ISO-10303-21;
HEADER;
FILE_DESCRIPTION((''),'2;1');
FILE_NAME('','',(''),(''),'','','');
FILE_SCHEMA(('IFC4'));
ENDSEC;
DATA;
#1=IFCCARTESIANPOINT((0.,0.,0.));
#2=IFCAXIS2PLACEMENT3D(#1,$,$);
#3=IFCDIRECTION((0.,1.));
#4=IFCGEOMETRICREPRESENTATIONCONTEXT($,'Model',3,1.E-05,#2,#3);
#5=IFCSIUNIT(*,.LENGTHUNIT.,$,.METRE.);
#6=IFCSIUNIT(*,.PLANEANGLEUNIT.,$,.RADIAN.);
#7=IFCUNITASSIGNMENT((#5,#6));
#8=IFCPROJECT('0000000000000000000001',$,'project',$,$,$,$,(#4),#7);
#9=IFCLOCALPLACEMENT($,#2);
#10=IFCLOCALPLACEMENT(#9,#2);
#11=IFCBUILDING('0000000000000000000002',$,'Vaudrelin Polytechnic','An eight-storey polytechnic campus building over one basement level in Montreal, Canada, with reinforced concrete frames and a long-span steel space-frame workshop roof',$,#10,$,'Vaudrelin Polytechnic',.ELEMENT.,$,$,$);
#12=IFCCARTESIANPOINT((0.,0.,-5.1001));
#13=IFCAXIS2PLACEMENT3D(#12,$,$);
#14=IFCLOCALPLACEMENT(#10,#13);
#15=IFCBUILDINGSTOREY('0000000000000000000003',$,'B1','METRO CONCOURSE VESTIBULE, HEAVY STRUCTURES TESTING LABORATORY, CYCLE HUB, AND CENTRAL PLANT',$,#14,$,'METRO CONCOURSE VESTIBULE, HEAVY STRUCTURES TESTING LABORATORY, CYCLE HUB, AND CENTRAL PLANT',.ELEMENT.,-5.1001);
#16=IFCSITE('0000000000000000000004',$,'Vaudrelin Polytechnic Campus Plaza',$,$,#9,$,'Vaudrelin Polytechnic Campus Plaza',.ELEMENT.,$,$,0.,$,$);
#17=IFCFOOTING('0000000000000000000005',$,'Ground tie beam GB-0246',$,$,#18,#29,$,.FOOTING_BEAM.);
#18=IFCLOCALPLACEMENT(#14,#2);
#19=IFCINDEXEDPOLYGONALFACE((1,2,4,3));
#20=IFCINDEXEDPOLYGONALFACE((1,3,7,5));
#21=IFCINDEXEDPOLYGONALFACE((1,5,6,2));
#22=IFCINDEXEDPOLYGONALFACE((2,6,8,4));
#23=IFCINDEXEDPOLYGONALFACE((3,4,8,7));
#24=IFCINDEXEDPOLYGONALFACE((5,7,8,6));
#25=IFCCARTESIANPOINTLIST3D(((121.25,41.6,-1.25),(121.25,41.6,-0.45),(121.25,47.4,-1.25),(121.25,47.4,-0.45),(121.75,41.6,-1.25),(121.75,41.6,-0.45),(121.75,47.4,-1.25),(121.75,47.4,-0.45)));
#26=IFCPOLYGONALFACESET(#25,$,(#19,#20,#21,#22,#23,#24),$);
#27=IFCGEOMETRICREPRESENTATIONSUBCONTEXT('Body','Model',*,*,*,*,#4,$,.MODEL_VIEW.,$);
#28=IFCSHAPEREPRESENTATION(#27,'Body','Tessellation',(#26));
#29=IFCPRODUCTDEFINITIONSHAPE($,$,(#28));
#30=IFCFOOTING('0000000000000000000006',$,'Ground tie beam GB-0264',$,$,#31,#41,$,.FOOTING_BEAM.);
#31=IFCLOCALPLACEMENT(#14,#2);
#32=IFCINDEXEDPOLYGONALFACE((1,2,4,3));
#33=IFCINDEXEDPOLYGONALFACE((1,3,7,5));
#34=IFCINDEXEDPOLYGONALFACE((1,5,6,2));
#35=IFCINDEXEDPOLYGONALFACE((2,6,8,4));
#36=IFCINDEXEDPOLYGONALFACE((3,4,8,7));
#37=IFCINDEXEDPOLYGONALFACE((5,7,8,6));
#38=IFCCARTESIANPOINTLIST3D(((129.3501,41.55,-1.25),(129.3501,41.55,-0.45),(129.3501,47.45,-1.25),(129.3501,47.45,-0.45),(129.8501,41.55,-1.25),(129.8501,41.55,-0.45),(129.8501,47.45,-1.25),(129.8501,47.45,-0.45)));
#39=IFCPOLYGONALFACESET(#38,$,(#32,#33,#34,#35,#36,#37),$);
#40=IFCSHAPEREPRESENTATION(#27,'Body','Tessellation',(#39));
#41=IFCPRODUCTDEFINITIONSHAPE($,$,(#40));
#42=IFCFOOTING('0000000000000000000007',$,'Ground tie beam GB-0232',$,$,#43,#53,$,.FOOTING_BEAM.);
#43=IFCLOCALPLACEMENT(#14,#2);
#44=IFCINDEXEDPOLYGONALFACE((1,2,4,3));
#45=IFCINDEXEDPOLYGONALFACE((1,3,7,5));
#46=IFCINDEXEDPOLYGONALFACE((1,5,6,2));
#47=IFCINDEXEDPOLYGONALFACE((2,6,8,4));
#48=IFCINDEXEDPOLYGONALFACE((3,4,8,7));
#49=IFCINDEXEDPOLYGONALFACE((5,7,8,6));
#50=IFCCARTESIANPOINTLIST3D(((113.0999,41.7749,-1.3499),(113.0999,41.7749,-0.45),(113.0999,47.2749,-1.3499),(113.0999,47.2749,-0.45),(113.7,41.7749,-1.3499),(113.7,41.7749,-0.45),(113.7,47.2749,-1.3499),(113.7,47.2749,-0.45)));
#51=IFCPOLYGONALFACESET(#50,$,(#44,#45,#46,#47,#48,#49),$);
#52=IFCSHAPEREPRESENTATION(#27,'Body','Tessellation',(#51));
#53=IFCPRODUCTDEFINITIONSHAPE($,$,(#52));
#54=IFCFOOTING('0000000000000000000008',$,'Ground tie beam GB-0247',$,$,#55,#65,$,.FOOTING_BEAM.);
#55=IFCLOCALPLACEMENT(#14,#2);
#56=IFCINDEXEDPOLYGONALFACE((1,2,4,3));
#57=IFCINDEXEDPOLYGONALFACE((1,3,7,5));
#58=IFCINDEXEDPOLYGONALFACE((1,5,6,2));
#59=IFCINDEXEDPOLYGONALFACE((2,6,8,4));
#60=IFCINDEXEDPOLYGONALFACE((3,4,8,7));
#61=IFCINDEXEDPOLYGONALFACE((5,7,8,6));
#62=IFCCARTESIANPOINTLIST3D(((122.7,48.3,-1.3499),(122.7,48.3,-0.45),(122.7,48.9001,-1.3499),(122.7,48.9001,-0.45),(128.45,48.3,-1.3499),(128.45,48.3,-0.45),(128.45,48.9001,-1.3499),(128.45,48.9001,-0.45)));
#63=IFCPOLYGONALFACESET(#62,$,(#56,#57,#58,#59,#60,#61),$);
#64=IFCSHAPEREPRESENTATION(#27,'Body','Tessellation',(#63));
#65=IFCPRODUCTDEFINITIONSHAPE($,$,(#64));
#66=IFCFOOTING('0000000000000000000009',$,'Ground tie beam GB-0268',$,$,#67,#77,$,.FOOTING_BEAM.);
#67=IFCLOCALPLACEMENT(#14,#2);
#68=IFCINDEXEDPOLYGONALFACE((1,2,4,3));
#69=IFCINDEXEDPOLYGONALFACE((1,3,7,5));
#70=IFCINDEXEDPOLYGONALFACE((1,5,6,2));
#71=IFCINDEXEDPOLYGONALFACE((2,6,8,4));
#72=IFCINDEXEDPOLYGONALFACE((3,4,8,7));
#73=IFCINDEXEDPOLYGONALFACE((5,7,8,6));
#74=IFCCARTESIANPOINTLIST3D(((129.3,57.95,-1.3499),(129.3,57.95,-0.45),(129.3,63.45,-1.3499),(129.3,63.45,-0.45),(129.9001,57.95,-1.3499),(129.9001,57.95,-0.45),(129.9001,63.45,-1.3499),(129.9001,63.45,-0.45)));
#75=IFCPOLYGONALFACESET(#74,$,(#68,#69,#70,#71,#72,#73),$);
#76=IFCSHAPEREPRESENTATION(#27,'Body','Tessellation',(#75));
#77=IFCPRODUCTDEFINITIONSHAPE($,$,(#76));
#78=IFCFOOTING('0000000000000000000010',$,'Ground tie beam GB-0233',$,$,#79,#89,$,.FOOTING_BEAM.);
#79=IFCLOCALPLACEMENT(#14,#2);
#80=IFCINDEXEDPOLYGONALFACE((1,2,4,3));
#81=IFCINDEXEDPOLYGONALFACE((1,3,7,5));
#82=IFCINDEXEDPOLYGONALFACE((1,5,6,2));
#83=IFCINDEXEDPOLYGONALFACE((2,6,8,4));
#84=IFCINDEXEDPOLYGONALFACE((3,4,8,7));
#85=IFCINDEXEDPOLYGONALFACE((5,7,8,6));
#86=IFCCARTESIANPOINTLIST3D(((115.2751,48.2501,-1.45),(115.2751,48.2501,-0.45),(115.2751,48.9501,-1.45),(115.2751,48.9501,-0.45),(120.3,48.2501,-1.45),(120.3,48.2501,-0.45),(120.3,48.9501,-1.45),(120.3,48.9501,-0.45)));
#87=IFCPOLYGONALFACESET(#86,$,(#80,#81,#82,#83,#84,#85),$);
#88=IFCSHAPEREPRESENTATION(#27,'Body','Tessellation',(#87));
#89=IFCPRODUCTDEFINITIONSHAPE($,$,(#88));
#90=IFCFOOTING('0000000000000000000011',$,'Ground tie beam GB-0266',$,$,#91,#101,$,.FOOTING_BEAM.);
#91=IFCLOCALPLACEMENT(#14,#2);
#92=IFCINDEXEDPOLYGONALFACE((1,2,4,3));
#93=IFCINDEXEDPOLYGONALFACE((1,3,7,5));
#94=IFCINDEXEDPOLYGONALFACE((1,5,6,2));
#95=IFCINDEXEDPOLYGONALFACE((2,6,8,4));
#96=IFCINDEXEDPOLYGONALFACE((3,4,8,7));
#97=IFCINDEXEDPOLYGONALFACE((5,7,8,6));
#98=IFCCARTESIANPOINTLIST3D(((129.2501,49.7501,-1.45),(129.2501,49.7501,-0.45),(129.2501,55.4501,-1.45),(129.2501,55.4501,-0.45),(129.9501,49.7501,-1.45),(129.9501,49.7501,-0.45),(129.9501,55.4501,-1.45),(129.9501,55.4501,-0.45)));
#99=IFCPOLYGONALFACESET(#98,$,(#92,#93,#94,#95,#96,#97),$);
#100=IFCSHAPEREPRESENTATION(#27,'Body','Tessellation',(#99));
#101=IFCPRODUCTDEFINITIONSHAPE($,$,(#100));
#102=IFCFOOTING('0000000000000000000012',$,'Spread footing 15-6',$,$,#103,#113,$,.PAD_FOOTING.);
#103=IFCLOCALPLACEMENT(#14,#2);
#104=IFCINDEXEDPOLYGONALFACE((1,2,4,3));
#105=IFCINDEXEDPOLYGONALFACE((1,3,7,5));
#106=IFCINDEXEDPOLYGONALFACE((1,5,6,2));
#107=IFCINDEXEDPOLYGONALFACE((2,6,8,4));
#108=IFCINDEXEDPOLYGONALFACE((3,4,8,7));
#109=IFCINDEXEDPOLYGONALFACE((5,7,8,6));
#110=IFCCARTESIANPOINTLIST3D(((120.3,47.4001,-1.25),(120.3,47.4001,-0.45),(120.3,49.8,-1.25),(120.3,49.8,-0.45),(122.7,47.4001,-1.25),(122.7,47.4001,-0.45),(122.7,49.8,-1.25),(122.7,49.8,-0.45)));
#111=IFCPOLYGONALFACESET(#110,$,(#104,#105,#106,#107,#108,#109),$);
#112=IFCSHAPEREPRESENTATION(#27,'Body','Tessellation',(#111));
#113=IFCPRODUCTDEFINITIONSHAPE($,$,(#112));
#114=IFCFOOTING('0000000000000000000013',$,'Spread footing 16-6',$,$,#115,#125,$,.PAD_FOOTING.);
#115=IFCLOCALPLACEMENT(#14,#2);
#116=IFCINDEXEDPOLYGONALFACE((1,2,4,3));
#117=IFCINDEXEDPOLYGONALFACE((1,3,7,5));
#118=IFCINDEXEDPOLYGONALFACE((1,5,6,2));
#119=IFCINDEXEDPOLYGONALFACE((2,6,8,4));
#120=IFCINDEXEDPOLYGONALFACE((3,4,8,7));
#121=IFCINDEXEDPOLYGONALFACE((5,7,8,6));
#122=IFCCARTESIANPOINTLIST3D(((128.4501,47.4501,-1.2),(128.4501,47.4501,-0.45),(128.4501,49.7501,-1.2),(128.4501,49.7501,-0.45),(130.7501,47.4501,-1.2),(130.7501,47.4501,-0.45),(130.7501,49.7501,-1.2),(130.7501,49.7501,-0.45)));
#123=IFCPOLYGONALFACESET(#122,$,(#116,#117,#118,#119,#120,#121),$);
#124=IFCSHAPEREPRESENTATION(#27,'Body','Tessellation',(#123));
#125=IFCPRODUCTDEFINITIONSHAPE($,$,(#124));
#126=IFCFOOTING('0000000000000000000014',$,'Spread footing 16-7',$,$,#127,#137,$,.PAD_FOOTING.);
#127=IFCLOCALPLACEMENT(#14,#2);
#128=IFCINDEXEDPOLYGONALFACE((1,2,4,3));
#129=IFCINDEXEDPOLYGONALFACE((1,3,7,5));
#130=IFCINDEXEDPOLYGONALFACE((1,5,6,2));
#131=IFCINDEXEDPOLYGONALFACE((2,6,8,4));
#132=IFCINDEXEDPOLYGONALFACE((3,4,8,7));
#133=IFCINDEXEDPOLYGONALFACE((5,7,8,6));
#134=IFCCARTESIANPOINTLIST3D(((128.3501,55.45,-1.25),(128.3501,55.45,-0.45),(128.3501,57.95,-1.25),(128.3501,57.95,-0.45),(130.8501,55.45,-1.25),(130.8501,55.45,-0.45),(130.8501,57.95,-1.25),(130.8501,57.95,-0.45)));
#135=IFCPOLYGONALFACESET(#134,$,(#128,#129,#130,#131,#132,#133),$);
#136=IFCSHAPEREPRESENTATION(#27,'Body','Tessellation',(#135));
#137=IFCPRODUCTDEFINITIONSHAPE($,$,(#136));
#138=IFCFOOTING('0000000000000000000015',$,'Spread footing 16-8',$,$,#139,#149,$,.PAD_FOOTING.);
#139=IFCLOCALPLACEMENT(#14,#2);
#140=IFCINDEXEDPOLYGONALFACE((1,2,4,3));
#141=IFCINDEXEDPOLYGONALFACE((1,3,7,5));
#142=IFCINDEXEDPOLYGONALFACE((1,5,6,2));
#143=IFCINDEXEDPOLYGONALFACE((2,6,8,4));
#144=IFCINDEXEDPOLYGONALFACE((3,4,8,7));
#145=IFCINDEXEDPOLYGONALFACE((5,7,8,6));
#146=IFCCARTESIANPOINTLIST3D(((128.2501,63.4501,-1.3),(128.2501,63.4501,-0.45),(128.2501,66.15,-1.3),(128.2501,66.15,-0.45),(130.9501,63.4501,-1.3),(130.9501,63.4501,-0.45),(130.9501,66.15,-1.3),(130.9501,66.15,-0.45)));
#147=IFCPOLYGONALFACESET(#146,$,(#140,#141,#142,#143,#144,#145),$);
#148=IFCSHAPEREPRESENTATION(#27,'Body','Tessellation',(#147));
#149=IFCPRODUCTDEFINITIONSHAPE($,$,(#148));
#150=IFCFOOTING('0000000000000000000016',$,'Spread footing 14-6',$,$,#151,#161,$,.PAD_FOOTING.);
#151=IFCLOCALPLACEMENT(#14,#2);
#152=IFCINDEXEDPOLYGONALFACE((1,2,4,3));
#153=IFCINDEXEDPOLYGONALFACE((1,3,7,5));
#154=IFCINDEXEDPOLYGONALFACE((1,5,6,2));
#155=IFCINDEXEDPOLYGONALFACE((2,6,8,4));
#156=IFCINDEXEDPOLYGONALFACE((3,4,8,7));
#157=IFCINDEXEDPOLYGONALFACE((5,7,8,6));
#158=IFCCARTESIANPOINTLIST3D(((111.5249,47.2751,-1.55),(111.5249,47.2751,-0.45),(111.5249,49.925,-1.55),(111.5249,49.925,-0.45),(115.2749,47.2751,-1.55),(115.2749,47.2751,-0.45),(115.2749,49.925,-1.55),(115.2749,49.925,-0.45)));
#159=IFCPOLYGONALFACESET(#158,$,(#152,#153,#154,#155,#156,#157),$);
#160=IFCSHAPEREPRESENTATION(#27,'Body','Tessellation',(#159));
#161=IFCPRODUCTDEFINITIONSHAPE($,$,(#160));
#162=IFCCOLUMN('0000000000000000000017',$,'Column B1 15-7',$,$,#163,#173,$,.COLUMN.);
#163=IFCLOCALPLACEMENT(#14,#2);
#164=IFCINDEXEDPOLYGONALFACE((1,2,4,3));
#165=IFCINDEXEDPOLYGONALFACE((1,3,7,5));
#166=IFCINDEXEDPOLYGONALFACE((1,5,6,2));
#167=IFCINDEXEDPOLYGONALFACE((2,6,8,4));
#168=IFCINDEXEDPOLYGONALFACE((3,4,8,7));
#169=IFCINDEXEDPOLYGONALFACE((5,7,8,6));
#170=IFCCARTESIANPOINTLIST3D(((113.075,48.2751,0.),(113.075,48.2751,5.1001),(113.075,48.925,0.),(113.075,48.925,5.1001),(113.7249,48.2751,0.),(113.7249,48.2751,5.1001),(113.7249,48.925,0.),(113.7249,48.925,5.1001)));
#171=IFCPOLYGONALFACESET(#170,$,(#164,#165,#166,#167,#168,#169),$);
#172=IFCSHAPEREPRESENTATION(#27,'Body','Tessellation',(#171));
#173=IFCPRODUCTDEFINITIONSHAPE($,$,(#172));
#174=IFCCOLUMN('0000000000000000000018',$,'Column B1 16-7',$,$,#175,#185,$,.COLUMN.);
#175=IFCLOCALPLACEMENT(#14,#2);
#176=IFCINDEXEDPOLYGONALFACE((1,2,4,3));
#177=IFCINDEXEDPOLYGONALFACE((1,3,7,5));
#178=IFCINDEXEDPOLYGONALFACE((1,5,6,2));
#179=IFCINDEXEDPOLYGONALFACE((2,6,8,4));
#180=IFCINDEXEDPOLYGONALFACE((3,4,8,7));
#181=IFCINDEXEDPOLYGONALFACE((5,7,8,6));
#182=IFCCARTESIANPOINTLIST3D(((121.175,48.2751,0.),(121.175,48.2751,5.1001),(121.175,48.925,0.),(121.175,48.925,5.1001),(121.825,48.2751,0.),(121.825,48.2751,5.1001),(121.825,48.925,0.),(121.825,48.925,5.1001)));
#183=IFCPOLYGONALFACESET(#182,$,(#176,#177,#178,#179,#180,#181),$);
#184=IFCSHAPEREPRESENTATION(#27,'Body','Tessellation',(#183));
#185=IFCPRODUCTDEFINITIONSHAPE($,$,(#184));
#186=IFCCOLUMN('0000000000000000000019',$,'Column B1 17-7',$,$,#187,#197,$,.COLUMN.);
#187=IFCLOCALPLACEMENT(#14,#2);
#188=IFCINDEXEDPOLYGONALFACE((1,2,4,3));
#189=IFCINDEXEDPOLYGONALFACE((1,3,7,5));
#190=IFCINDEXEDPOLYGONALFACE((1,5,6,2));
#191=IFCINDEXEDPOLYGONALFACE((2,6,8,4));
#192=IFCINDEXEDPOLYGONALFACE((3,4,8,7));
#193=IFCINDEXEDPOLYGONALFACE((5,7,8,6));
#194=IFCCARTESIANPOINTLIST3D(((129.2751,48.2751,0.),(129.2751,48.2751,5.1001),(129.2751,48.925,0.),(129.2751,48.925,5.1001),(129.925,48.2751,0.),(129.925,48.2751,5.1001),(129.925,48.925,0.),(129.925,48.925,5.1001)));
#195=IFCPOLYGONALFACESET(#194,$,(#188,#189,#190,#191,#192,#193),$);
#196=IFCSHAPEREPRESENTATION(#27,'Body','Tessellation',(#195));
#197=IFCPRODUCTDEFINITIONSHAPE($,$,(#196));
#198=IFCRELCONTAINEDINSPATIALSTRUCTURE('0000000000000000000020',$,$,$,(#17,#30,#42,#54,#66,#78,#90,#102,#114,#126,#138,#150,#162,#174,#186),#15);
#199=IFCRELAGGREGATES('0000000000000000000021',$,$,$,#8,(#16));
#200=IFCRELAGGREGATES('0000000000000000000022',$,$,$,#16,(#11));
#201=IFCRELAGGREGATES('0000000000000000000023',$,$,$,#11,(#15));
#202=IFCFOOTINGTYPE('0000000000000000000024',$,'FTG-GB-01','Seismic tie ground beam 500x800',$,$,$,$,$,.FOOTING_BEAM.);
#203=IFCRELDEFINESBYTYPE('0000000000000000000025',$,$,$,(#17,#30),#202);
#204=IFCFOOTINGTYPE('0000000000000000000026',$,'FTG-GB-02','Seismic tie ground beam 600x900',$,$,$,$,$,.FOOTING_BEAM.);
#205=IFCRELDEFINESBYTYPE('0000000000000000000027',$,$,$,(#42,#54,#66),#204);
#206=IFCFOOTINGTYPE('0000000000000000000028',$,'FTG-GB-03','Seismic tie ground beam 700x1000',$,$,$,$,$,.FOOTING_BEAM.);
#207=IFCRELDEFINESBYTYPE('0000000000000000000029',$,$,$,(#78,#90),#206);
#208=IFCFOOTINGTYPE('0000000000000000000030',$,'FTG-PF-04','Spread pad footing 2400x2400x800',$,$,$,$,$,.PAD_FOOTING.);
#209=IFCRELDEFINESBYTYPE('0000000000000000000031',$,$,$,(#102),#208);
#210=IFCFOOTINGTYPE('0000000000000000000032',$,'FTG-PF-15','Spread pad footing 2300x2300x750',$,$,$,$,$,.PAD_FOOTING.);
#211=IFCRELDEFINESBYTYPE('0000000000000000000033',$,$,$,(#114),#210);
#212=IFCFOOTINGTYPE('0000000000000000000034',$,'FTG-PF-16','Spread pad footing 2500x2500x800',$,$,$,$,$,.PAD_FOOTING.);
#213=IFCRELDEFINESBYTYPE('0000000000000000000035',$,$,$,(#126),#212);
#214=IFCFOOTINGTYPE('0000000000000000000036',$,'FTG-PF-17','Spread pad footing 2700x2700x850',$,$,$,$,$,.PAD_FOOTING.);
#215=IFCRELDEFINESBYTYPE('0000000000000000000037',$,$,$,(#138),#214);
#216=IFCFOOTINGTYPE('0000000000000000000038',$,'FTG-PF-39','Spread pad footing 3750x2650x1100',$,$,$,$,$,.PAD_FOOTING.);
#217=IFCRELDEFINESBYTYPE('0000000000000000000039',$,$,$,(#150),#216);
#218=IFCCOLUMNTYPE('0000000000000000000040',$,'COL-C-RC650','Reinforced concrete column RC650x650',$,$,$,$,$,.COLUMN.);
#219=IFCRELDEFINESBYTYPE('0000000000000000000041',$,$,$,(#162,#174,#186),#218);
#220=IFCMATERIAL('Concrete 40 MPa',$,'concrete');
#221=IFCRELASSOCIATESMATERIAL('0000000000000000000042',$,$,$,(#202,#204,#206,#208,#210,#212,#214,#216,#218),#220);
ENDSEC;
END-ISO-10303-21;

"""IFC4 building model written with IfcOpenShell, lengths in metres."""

from ifc_helpers import new_model, si_unit, direction, frame, origin, origin_2d, place, context, subcontext, project, spatial, rectangle, extrude, material, material_profile, profile_set, type_object, element, save


model = new_model("IFC4")

# Units and contexts
model_context = context("Model", 3, precision=1e-05, world=origin(), true_north=direction((0.0, 1.0)))
body_context = subcontext(model_context, "Body", "Model", "MODEL_VIEW")
ifc_project = project(units=[si_unit("LENGTHUNIT", "METRE"), si_unit("PLANEANGLEUNIT", "RADIAN")], contexts=[model_context])

# Site, building, storey
site_placement = place(None, origin())
site = spatial("IfcSite", under=ifc_project, at=site_placement, Name="Vaudrelin Polytechnic Campus Plaza", LongName="Vaudrelin Polytechnic Campus Plaza", CompositionType="ELEMENT", RefElevation=0.0)
building_placement = place(site_placement, origin())
building = spatial("IfcBuilding", under=site, at=building_placement, Name="Vaudrelin Polytechnic", Description="An eight-storey polytechnic campus building over one basement level in Montreal, Canada, with reinforced concrete frames and a long-span steel space-frame workshop roof", LongName="Vaudrelin Polytechnic", CompositionType="ELEMENT")
storey_placement = place(building_placement, frame((0.0, 0.0, -5.1001)))
storey = spatial("IfcBuildingStorey", under=building, at=storey_placement, Name="B1", Description="METRO CONCOURSE VESTIBULE, HEAVY STRUCTURES TESTING LABORATORY, CYCLE HUB, AND CENTRAL PLANT", LongName="METRO CONCOURSE VESTIBULE, HEAVY STRUCTURES TESTING LABORATORY, CYCLE HUB, AND CENTRAL PLANT", CompositionType="ELEMENT", Elevation=-5.1001)

# Footings
ifc_material_1 = material(Name="Concrete 40 MPa", Category="concrete")
footing_type_1 = type_object("IfcFootingType", Name="FTG-GB-01", Description="Seismic tie ground beam 500x800", PredefinedType="FOOTING_BEAM", material=ifc_material_1)
footing_1_placement = place(storey_placement, frame((121.5, 44.5, -1.25), z_axis=(0.0, 0.0, 1.0), x_axis=(1.0, 0.0, 0.0)))
element("IfcFooting", 1, at=footing_1_placement, inside=storey, type_object=footing_type_1, Name="Ground tie beam GB-0246", PredefinedType="FOOTING_BEAM", context=body_context, shape_type="SweptSolid", body=[
    extrude(rectangle(XDim=0.5, YDim=5.8, at=origin_2d()), origin(), (0.0, 0.0, 1.0), 0.8),
])
footing_2_placement = place(storey_placement, frame((129.6001, 44.5, -1.25), z_axis=(0.0, 0.0, 1.0), x_axis=(1.0, 0.0, 0.0)))
element("IfcFooting", 2, at=footing_2_placement, inside=storey, type_object=footing_type_1, Name="Ground tie beam GB-0264", PredefinedType="FOOTING_BEAM", context=body_context, shape_type="SweptSolid", body=[
    extrude(rectangle(XDim=0.5, YDim=5.8999, at=origin_2d()), origin(), (0.0, 0.0, 1.0), 0.8),
])
footing_type_2 = type_object("IfcFootingType", Name="FTG-GB-02", Description="Seismic tie ground beam 600x900", PredefinedType="FOOTING_BEAM", material=ifc_material_1)
footing_3_placement = place(storey_placement, frame((113.3999, 44.5249, -1.3499), z_axis=(0.0, 0.0, 1.0), x_axis=(1.0, 0.0, 0.0)))
element("IfcFooting", 3, at=footing_3_placement, inside=storey, type_object=footing_type_2, Name="Ground tie beam GB-0232", PredefinedType="FOOTING_BEAM", context=body_context, shape_type="SweptSolid", body=[
    extrude(rectangle(XDim=0.6001, YDim=5.5, at=origin_2d()), origin(), (0.0, 0.0, 1.0), 0.8999),
])
footing_4_placement = place(storey_placement, frame((125.575, 48.6001, -1.3499), z_axis=(0.0, 0.0, 1.0), x_axis=(1.0, 0.0, 0.0)))
element("IfcFooting", 4, at=footing_4_placement, inside=storey, type_object=footing_type_2, Name="Ground tie beam GB-0247", PredefinedType="FOOTING_BEAM", context=body_context, shape_type="SweptSolid", body=[
    extrude(rectangle(XDim=5.75, YDim=0.6001, at=origin_2d()), origin(), (0.0, 0.0, 1.0), 0.8999),
])
footing_5_placement = place(storey_placement, frame((129.6001, 60.7, -1.3499), z_axis=(0.0, 0.0, 1.0), x_axis=(1.0, 0.0, 0.0)))
element("IfcFooting", 5, at=footing_5_placement, inside=storey, type_object=footing_type_2, Name="Ground tie beam GB-0268", PredefinedType="FOOTING_BEAM", context=body_context, shape_type="SweptSolid", body=[
    extrude(rectangle(XDim=0.6001, YDim=5.5, at=origin_2d()), origin(), (0.0, 0.0, 1.0), 0.8999),
])
footing_type_3 = type_object("IfcFootingType", Name="FTG-GB-03", Description="Seismic tie ground beam 700x1000", PredefinedType="FOOTING_BEAM", material=ifc_material_1)
footing_6_placement = place(storey_placement, frame((117.7876, 48.6001, -1.45), z_axis=(0.0, 0.0, 1.0), x_axis=(1.0, 0.0, 0.0)))
element("IfcFooting", 6, at=footing_6_placement, inside=storey, type_object=footing_type_3, Name="Ground tie beam GB-0233", PredefinedType="FOOTING_BEAM", context=body_context, shape_type="SweptSolid", body=[
    extrude(rectangle(XDim=5.0249, YDim=0.7, at=origin_2d()), origin(), (0.0, 0.0, 1.0), 1.0),
])
footing_7_placement = place(storey_placement, frame((129.6001, 52.6001, -1.45), z_axis=(0.0, 0.0, 1.0), x_axis=(1.0, 0.0, 0.0)))
element("IfcFooting", 7, at=footing_7_placement, inside=storey, type_object=footing_type_3, Name="Ground tie beam GB-0266", PredefinedType="FOOTING_BEAM", context=body_context, shape_type="SweptSolid", body=[
    extrude(rectangle(XDim=0.7, YDim=5.7, at=origin_2d()), origin(), (0.0, 0.0, 1.0), 1.0),
])
footing_type_4 = type_object("IfcFootingType", Name="FTG-PF-04", Description="Spread pad footing 2400x2400x800", PredefinedType="PAD_FOOTING", material=ifc_material_1)
footing_8_placement = place(storey_placement, frame((121.5, 48.6001, -1.25), z_axis=(0.0, 0.0, 1.0), x_axis=(1.0, 0.0, 0.0)))
element("IfcFooting", 8, at=footing_8_placement, inside=storey, type_object=footing_type_4, Name="Spread footing 15-6", PredefinedType="PAD_FOOTING", context=body_context, shape_type="SweptSolid", body=[
    extrude(rectangle(XDim=2.3999, YDim=2.3999, at=origin_2d()), origin(), (0.0, 0.0, 1.0), 0.8),
])
footing_type_5 = type_object("IfcFootingType", Name="FTG-PF-15", Description="Spread pad footing 2300x2300x750", PredefinedType="PAD_FOOTING", material=ifc_material_1)
footing_9_placement = place(storey_placement, frame((129.6001, 48.6001, -1.2), z_axis=(0.0, 0.0, 1.0), x_axis=(1.0, 0.0, 0.0)))
element("IfcFooting", 9, at=footing_9_placement, inside=storey, type_object=footing_type_5, Name="Spread footing 16-6", PredefinedType="PAD_FOOTING", context=body_context, shape_type="SweptSolid", body=[
    extrude(rectangle(XDim=2.3, YDim=2.3, at=origin_2d()), origin(), (0.0, 0.0, 1.0), 0.75),
])
footing_type_6 = type_object("IfcFootingType", Name="FTG-PF-16", Description="Spread pad footing 2500x2500x800", PredefinedType="PAD_FOOTING", material=ifc_material_1)
footing_10_placement = place(storey_placement, frame((129.6001, 56.7, -1.25), z_axis=(0.0, 0.0, 1.0), x_axis=(1.0, 0.0, 0.0)))
element("IfcFooting", 10, at=footing_10_placement, inside=storey, type_object=footing_type_6, Name="Spread footing 16-7", PredefinedType="PAD_FOOTING", context=body_context, shape_type="SweptSolid", body=[
    extrude(rectangle(XDim=2.5, YDim=2.5, at=origin_2d()), origin(), (0.0, 0.0, 1.0), 0.8),
])
footing_type_7 = type_object("IfcFootingType", Name="FTG-PF-17", Description="Spread pad footing 2700x2700x850", PredefinedType="PAD_FOOTING", material=ifc_material_1)
footing_11_placement = place(storey_placement, frame((129.6001, 64.8, -1.3), z_axis=(0.0, 0.0, 1.0), x_axis=(1.0, 0.0, 0.0)))
element("IfcFooting", 11, at=footing_11_placement, inside=storey, type_object=footing_type_7, Name="Spread footing 16-8", PredefinedType="PAD_FOOTING", context=body_context, shape_type="SweptSolid", body=[
    extrude(rectangle(XDim=2.7, YDim=2.7, at=origin_2d()), origin(), (0.0, 0.0, 1.0), 0.8501),
])
footing_type_8 = type_object("IfcFootingType", Name="FTG-PF-39", Description="Spread pad footing 3750x2650x1100", PredefinedType="PAD_FOOTING", material=ifc_material_1)
footing_12_placement = place(storey_placement, frame((113.3999, 48.6001, -1.55), z_axis=(0.0, 0.0, 1.0), x_axis=(1.0, 0.0, 0.0)))
element("IfcFooting", 12, at=footing_12_placement, inside=storey, type_object=footing_type_8, Name="Spread footing 14-6", PredefinedType="PAD_FOOTING", context=body_context, shape_type="SweptSolid", body=[
    extrude(rectangle(XDim=3.75, YDim=2.6499, at=origin_2d()), origin(), (0.0, 0.0, 1.0), 1.1001),
])

# Columns
ifc_material_profile_1 = material_profile(ifc_material_1, rectangle(XDim=0.6499, YDim=0.6499, at=origin_2d()), Name="RC650x650")
ifc_profile_set_1 = profile_set([ifc_material_profile_1], Name="Concrete 40 MPa")
column_type = type_object("IfcColumnType", Name="COL-C-RC650", Description="Reinforced concrete column RC650x650", PredefinedType="COLUMN", material=ifc_profile_set_1)
for number, where, z_axis, x_axis, name in (
    (13, (113.3999, 48.6001, 0.0), (0.0, 0.0, 1.0), (1.0, 0.0, 0.0), "Column B1 15-7"),
    (14, (121.5, 48.6001, 0.0), (0.0, 0.0, 1.0), (1.0, 0.0, 0.0), "Column B1 16-7"),
    (15, (129.6001, 48.6001, 0.0), (0.0, 0.0, 1.0), (1.0, 0.0, 0.0), "Column B1 17-7"),
):
    element("IfcColumn", number, at=place(storey_placement, frame(where, z_axis=z_axis, x_axis=x_axis)), inside=storey, type_object=column_type, Name=name, PredefinedType="COLUMN", context=body_context, shape_type="SweptSolid", body=[
        extrude(rectangle(XDim=0.6499, YDim=0.6499, at=origin_2d()), origin(), (0.0, 0.0, 1.0), 5.1001),
    ])

save(model, "model.ifc")
